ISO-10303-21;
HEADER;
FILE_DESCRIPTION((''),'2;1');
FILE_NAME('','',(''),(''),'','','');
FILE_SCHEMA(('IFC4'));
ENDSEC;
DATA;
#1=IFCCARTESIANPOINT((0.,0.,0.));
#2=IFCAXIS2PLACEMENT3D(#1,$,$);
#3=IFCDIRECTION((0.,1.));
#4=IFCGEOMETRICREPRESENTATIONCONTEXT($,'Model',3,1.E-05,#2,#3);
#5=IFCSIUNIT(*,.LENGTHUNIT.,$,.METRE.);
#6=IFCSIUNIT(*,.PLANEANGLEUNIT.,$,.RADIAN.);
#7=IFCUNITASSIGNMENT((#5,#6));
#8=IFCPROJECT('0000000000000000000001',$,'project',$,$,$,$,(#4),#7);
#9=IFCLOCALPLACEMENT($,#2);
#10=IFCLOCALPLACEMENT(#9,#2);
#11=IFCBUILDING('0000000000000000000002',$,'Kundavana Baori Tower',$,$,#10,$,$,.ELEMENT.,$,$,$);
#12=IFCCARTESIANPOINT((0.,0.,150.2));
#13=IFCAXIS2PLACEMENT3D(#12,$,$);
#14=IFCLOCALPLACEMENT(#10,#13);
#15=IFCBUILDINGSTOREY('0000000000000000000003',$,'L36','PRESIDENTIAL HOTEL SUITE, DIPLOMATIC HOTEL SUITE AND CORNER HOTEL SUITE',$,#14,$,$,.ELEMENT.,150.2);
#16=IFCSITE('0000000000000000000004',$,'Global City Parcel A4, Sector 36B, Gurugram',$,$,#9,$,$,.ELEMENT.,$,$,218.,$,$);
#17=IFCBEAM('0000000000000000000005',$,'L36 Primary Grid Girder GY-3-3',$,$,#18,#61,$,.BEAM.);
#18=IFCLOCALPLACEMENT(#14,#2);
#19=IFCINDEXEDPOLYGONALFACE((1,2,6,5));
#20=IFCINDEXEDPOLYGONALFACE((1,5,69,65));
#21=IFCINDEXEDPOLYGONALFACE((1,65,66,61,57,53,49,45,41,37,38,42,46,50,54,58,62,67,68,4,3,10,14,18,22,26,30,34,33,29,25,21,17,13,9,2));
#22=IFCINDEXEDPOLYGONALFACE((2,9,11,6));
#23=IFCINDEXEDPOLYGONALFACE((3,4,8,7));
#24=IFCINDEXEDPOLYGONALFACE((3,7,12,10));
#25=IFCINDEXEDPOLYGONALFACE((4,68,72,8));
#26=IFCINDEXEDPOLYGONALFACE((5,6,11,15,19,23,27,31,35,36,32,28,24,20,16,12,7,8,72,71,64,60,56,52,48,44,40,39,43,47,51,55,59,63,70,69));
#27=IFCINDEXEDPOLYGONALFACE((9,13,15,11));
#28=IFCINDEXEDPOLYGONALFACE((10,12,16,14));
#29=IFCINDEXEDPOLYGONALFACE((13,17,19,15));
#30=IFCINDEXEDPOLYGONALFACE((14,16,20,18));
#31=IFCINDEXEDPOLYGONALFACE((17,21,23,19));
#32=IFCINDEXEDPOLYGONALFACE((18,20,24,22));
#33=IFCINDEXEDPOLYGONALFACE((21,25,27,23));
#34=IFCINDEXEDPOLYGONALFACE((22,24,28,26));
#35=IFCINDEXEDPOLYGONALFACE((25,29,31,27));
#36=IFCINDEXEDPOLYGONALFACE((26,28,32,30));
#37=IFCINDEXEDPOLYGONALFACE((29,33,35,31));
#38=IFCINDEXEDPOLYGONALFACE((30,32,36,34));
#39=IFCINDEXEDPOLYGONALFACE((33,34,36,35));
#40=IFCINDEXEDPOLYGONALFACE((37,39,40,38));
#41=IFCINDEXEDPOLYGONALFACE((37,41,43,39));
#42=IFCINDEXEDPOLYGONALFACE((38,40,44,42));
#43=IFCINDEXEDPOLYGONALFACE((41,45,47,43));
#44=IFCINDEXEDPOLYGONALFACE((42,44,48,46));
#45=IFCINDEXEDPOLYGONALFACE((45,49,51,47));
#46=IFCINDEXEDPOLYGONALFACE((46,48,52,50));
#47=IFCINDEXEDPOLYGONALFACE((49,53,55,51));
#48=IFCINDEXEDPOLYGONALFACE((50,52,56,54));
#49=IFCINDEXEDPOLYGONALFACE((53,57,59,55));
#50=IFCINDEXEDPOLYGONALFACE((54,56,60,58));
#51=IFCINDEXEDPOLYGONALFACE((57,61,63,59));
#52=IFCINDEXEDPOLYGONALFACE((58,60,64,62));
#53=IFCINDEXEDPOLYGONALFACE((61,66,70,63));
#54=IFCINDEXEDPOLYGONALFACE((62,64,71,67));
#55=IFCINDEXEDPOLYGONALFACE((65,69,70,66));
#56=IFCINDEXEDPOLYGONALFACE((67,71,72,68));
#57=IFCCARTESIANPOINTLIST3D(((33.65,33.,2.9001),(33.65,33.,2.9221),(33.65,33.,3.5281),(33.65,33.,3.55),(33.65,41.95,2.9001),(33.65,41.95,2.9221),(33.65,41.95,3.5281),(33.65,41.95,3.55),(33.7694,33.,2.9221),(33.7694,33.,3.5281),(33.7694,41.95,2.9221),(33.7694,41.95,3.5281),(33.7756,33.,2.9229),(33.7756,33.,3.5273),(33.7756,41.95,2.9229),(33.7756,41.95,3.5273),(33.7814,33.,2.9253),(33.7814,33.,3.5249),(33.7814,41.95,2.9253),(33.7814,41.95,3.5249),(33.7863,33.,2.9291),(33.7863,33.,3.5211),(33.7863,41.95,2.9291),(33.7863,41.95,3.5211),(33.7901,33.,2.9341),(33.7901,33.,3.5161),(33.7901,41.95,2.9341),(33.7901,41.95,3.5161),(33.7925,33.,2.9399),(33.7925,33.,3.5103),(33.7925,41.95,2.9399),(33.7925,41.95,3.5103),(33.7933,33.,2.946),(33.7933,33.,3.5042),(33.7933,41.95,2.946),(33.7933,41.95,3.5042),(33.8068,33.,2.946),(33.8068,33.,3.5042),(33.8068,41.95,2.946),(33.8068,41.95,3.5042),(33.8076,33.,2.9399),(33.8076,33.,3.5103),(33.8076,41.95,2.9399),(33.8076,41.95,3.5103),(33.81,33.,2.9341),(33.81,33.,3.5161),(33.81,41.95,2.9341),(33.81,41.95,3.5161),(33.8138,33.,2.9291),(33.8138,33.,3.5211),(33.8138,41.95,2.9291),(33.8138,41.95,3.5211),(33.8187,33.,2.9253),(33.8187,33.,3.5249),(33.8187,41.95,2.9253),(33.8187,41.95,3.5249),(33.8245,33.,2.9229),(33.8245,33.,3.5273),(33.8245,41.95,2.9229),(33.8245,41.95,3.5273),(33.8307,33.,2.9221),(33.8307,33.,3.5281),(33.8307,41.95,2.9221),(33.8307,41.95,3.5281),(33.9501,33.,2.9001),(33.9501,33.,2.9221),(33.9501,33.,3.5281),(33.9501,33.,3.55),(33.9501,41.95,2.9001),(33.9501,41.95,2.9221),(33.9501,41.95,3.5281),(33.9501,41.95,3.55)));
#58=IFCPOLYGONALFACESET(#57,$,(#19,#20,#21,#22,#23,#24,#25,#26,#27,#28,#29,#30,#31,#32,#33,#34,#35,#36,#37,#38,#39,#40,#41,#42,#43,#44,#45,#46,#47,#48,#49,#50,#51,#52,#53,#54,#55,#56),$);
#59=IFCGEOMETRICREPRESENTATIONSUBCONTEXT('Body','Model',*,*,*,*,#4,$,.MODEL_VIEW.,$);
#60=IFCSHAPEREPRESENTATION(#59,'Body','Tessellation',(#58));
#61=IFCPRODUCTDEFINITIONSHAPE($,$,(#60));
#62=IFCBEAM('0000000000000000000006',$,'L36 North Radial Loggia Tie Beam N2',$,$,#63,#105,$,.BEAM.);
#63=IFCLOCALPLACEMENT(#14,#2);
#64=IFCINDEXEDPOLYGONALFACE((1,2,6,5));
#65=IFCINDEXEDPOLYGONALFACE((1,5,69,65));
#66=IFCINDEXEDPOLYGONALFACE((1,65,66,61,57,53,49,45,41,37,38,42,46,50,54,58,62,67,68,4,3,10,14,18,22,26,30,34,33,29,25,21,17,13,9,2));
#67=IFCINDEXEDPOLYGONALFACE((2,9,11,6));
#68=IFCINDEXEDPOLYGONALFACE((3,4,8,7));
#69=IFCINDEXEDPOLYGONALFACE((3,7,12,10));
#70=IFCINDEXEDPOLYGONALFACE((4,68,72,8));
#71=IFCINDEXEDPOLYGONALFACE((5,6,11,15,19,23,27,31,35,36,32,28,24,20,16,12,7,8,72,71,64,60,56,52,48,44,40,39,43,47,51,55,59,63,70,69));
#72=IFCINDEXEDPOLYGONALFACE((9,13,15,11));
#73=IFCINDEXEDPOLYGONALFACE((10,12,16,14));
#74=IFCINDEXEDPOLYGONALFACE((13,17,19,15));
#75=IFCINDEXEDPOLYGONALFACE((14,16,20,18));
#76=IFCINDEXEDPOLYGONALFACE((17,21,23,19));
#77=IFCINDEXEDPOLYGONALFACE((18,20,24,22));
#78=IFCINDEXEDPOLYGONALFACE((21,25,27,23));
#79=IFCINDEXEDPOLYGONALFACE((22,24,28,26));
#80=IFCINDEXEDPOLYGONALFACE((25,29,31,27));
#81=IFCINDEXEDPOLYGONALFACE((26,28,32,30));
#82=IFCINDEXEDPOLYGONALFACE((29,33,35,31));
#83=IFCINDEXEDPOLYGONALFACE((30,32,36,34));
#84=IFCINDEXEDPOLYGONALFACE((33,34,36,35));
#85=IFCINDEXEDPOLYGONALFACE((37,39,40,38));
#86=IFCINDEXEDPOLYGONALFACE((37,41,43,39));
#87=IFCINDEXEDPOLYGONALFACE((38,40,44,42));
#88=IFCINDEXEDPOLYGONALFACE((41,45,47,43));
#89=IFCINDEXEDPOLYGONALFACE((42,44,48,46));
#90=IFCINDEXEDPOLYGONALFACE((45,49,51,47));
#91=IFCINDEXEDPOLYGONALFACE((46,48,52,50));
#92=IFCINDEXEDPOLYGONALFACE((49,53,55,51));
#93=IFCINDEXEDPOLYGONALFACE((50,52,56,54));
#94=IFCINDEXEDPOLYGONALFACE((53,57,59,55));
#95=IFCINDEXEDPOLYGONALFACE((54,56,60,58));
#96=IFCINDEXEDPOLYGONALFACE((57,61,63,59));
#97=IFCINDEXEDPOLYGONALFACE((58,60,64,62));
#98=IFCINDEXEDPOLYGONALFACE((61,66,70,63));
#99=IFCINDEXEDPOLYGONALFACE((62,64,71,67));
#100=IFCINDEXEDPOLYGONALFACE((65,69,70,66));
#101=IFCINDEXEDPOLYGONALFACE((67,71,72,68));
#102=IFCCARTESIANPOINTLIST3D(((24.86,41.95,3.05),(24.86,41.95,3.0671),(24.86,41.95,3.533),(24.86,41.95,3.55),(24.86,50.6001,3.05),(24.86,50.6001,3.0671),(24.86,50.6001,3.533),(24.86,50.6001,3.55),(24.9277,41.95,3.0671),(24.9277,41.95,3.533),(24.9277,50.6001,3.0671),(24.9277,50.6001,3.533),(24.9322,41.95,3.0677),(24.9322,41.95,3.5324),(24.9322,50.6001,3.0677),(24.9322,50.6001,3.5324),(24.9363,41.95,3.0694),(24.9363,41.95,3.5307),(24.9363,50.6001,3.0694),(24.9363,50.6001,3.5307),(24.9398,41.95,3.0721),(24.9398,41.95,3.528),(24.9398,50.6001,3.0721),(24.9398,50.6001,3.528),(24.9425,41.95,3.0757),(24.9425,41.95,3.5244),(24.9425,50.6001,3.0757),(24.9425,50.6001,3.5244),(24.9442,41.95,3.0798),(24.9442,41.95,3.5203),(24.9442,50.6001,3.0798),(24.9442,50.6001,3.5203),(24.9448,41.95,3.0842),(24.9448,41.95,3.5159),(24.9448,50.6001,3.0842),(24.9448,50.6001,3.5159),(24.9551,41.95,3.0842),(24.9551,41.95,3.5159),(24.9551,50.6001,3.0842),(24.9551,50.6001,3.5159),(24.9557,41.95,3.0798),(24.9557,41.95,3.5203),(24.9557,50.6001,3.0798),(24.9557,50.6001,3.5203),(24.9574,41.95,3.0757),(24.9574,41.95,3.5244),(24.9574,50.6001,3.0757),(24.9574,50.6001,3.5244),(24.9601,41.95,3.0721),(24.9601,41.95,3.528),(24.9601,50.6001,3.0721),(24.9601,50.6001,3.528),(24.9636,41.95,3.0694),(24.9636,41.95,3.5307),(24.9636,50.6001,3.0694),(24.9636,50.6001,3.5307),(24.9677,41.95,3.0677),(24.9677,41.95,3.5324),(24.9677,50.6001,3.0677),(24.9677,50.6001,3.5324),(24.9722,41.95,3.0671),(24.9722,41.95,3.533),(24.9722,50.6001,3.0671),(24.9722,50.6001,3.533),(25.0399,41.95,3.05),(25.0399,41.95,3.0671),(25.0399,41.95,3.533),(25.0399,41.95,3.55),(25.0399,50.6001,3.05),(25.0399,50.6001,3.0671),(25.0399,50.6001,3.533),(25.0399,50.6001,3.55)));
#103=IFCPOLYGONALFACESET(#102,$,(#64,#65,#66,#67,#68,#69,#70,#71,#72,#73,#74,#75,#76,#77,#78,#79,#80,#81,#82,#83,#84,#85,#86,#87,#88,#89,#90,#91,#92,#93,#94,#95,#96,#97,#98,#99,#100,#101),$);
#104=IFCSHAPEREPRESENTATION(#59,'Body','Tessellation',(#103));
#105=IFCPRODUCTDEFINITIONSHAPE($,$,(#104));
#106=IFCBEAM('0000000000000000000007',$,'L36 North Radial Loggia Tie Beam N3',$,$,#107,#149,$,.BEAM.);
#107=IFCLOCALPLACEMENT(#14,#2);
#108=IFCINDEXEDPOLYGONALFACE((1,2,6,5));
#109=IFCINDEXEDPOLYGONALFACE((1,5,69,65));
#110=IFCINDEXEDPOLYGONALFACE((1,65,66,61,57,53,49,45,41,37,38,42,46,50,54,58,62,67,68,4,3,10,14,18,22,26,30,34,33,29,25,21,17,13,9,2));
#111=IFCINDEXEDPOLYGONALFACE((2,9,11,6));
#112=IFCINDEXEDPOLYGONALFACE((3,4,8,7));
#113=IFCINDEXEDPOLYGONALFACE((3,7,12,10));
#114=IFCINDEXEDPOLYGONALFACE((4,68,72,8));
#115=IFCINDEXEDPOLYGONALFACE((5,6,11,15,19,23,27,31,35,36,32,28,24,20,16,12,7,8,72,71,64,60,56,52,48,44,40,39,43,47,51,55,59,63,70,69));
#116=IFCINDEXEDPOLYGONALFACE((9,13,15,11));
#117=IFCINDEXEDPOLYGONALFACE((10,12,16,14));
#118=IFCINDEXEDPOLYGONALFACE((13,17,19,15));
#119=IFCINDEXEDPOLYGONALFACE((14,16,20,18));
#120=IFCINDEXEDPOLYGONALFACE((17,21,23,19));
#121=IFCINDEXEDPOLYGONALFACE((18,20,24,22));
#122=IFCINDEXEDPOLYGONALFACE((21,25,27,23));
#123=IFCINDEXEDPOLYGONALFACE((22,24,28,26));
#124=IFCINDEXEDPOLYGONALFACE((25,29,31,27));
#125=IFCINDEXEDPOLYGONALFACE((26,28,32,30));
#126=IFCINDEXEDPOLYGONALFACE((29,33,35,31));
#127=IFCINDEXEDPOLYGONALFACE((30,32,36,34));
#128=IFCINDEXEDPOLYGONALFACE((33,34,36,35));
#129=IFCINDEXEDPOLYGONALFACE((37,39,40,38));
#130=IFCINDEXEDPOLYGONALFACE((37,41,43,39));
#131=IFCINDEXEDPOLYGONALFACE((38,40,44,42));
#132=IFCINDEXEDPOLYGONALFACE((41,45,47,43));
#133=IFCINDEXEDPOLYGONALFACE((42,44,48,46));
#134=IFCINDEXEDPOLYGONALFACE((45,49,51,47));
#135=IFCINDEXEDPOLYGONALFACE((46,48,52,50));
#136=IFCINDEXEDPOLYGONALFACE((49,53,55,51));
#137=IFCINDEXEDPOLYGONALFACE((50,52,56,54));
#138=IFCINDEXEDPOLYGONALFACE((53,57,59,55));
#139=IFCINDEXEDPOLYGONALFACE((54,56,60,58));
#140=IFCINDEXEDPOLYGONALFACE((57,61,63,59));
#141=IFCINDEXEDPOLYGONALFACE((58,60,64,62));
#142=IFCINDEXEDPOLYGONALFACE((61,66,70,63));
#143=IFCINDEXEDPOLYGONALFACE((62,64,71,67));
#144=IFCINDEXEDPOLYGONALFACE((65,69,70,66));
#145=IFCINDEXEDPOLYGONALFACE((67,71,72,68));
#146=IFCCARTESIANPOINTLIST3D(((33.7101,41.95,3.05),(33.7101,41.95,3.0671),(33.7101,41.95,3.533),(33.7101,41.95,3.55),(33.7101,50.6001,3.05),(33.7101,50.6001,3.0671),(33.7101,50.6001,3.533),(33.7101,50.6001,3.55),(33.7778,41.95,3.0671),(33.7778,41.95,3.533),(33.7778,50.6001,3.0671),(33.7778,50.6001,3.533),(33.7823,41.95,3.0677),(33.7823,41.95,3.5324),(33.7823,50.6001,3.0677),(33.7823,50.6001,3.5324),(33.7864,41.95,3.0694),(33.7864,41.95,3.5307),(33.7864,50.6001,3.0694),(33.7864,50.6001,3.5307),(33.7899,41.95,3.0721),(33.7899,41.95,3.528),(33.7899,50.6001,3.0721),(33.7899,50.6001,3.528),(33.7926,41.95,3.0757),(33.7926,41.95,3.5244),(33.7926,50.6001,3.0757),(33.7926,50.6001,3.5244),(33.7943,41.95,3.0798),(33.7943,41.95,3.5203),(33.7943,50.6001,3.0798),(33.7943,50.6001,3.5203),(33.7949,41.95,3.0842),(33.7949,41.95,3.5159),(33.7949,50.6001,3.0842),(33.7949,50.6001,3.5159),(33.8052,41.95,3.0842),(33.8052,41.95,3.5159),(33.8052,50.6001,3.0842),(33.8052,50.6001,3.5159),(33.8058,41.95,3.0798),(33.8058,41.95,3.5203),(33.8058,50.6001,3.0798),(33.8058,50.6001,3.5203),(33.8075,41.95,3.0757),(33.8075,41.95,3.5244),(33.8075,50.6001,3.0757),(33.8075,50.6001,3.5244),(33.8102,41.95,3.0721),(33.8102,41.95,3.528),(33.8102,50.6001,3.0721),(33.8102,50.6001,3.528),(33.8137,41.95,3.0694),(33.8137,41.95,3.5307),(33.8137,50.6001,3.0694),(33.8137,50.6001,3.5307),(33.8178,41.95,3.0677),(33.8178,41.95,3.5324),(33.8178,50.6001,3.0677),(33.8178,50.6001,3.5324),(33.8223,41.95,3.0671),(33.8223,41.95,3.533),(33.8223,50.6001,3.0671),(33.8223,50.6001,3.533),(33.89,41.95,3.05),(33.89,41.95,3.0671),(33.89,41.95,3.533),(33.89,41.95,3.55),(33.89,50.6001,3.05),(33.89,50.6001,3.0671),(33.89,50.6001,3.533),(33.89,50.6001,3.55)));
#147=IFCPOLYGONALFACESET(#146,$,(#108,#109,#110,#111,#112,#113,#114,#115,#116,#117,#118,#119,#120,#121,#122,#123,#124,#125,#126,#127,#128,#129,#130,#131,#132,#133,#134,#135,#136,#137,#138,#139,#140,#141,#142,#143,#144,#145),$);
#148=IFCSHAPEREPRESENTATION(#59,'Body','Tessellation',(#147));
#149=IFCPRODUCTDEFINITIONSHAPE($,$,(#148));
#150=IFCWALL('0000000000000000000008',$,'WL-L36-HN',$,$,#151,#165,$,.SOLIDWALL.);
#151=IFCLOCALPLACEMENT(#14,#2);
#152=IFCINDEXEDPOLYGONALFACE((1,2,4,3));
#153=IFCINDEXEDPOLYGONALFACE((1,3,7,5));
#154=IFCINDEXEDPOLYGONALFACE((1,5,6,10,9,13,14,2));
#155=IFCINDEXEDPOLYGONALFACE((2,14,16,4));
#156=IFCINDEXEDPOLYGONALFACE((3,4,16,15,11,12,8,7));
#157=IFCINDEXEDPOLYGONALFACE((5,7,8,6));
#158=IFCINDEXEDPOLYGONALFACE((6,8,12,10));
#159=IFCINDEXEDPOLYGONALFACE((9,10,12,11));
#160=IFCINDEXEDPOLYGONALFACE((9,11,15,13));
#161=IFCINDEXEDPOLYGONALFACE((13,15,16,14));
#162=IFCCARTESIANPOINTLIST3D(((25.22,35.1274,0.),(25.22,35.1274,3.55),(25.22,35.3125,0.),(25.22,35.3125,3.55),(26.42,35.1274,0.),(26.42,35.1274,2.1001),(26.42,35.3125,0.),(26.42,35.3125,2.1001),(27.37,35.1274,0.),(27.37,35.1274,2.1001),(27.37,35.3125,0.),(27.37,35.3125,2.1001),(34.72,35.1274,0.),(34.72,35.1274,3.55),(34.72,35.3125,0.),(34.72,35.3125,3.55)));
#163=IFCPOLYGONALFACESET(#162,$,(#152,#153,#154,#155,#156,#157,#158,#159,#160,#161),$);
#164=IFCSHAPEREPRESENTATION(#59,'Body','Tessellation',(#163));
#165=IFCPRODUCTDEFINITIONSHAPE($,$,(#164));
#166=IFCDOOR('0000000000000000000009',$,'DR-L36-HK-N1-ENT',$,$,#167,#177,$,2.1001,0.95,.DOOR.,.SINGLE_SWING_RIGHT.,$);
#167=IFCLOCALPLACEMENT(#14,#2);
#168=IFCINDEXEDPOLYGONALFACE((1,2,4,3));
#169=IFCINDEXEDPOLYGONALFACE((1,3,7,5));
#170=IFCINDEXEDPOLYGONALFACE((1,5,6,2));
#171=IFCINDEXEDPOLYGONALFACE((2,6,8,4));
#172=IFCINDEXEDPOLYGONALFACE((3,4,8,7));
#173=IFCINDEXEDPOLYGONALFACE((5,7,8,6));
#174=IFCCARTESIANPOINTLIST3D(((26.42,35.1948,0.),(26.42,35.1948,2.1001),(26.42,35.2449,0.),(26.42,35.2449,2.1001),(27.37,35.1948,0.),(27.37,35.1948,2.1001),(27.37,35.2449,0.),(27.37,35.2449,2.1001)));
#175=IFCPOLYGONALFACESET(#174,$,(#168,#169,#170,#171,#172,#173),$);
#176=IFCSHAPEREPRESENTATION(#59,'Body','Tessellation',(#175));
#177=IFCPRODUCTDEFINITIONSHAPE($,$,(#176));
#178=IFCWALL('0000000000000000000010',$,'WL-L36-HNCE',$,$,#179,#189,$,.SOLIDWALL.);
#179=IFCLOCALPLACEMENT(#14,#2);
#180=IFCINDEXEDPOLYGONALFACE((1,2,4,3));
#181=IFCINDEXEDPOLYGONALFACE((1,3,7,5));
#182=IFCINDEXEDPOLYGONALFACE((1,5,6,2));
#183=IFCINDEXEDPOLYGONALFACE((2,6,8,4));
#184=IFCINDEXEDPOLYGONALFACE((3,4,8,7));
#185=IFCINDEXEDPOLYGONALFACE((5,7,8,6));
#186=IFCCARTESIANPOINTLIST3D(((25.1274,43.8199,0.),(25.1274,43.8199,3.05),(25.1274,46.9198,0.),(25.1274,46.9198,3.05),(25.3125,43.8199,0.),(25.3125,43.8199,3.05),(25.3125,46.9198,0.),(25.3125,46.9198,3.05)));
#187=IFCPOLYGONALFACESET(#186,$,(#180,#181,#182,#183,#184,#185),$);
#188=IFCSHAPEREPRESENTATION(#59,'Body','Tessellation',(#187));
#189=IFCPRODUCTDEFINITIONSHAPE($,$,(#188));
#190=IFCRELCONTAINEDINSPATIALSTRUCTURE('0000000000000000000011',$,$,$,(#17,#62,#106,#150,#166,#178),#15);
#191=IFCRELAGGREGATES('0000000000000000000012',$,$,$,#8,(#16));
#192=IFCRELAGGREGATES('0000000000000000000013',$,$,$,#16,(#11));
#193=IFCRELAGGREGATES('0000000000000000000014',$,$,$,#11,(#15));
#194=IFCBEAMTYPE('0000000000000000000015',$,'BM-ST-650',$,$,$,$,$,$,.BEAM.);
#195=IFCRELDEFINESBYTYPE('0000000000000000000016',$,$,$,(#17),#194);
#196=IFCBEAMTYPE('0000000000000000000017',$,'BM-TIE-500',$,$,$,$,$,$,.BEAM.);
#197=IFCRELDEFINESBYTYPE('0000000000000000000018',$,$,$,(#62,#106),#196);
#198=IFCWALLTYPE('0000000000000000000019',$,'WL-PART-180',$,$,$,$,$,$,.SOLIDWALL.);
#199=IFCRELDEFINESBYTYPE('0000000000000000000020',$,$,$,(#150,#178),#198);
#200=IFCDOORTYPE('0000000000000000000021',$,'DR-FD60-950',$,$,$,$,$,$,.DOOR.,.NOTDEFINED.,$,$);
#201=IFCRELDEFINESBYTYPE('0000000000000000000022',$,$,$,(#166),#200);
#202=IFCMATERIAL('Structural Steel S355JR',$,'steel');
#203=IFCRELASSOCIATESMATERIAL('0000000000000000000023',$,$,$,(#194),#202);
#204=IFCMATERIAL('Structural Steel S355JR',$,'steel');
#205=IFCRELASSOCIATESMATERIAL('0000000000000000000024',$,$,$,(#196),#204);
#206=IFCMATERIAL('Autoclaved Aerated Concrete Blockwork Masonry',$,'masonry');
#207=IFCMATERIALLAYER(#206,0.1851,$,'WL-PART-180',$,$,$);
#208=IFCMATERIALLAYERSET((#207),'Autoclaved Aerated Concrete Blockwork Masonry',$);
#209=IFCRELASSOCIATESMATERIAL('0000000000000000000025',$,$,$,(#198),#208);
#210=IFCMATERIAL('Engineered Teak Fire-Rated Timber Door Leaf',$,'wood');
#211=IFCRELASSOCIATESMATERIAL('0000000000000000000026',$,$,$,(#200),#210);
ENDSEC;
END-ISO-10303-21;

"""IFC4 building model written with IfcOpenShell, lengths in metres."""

from ifc_helpers import new_model, si_unit, direction, frame, frame_2d, origin, origin_2d, place, context, subcontext, project, spatial, rectangle, i_section, extrude, material, layer, layer_set, material_profile, profile_set, type_object, element, fill, save


model = new_model("IFC4")

# Units and contexts
model_context = context("Model", 3, precision=1e-05, world=origin(), true_north=direction((0.0, 1.0)))
body_context = subcontext(model_context, "Body", "Model", "MODEL_VIEW")
ifc_project = project(units=[si_unit("LENGTHUNIT", "METRE"), si_unit("PLANEANGLEUNIT", "RADIAN")], contexts=[model_context])

# Site, building, storey
site_placement = place(None, origin())
site = spatial("IfcSite", under=ifc_project, at=site_placement, Name="Global City Parcel A4, Sector 36B, Gurugram", CompositionType="ELEMENT", RefElevation=218.0)
building_placement = place(site_placement, origin())
building = spatial("IfcBuilding", under=site, at=building_placement, Name="Kundavana Baori Tower", CompositionType="ELEMENT")
storey_placement = place(building_placement, frame((0.0, 0.0, 150.2)))
storey = spatial("IfcBuildingStorey", under=building, at=storey_placement, Name="L36", Description="PRESIDENTIAL HOTEL SUITE, DIPLOMATIC HOTEL SUITE AND CORNER HOTEL SUITE", CompositionType="ELEMENT", Elevation=150.2)

# Beams
ifc_material_1 = material(Name="Structural Steel S355JR", Category="steel")
ifc_material_profile_1 = material_profile(ifc_material_1, i_section(OverallWidth=0.3, OverallDepth=0.6499, WebThickness=0.0134, FlangeThickness=0.022, FilletRadius=0.0239, at=origin_2d()), Name="NPB 650x300x155")
ifc_profile_set_1 = profile_set([ifc_material_profile_1], Name="Structural Steel S355JR")
beam_type_1 = type_object("IfcBeamType", Name="BM-ST-650", PredefinedType="BEAM", material=ifc_profile_set_1)
beam_1_placement = place(storey_placement, frame((33.8, 33.0, 3.2251), z_axis=(0.0, 1.0, 0.0), x_axis=(-1.0, 0.0, 0.0)))
element("IfcBeam", 1, at=beam_1_placement, inside=storey, type_object=beam_type_1, Name="L36 Primary Grid Girder GY-3-3", PredefinedType="BEAM", context=body_context, shape_type="SweptSolid", body=[
    extrude(i_section(OverallWidth=0.3, OverallDepth=0.6499, WebThickness=0.0134, FlangeThickness=0.022, FilletRadius=0.0239, at=origin_2d()), origin(), (0.0, 0.0, 1.0), 8.95),
])
ifc_material_2 = material(Name="Structural Steel S355JR", Category="steel")
ifc_material_profile_2 = material_profile(ifc_material_2, i_section(OverallWidth=0.1799, OverallDepth=0.5, WebThickness=0.0103, FlangeThickness=0.0171, FilletRadius=0.0171, at=origin_2d()), Name="ISMB 500")
ifc_profile_set_2 = profile_set([ifc_material_profile_2], Name="Structural Steel S355JR")
beam_type_2 = type_object("IfcBeamType", Name="BM-TIE-500", PredefinedType="BEAM", material=ifc_profile_set_2)
for number, where, z_axis, x_axis, name in (
    (2, (24.95, 41.95, 3.3), (0.0, 1.0, 0.0), (-1.0, 0.0, 0.0), "L36 North Radial Loggia Tie Beam N2"),
    (3, (33.8, 41.95, 3.3), (0.0, 1.0, 0.0), (-1.0, 0.0, 0.0), "L36 North Radial Loggia Tie Beam N3"),
):
    element("IfcBeam", number, at=place(storey_placement, frame(where, z_axis=z_axis, x_axis=x_axis)), inside=storey, type_object=beam_type_2, Name=name, PredefinedType="BEAM", context=body_context, shape_type="SweptSolid", body=[
        extrude(i_section(OverallWidth=0.1799, OverallDepth=0.5, WebThickness=0.0103, FlangeThickness=0.0171, FilletRadius=0.0171, at=origin_2d()), origin(), (0.0, 0.0, 1.0), 8.6501),
    ])

# Wall, opening, door
ifc_material_3 = material(Name="Autoclaved Aerated Concrete Blockwork Masonry", Category="masonry")
ifc_layer_1 = layer(ifc_material_3, 0.1851, Name="WL-PART-180")
ifc_layer_set_1 = layer_set([ifc_layer_1], Name="Autoclaved Aerated Concrete Blockwork Masonry")
wall_type_1 = type_object("IfcWallType", Name="WL-PART-180", PredefinedType="SOLIDWALL", material=ifc_layer_set_1)
wall_1_placement = place(storey_placement, frame((25.22, 35.22, 0.0), z_axis=(0.0, 0.0, 1.0), x_axis=(1.0, 0.0, 0.0)))
wall_1 = element("IfcWall", 4, at=wall_1_placement, inside=storey, type_object=wall_type_1, Name="WL-L36-HN", PredefinedType="SOLIDWALL", context=body_context, shape_type="SweptSolid", body=[
    extrude(rectangle(XDim=9.5, YDim=0.1851, at=frame_2d((4.75, 0.0))), origin(), (0.0, 0.0, 1.0), 3.55),
])
opening_1_placement = place(wall_1_placement, frame((1.2, 0.0, 0.0)))
opening_1 = element("IfcOpeningElement", 5, at=opening_1_placement, cuts=wall_1, PredefinedType="OPENING", context=body_context, shape_type="SweptSolid", body=[
    extrude(rectangle(XDim=0.95, YDim=2.1001, at=frame_2d((0.4751, 1.05))), frame((0.0, 0.1025, 0.0), z_axis=(0.0, -1.0, 0.0), x_axis=(1.0, 0.0, 0.0)), (0.0, 0.0, 1.0), 0.2051),
])
ifc_material_4 = material(Name="Engineered Teak Fire-Rated Timber Door Leaf", Category="wood")
door_type_1 = type_object("IfcDoorType", Name="DR-FD60-950", OperationType="NOTDEFINED", PredefinedType="DOOR", material=ifc_material_4)
door_1_placement = place(opening_1_placement, origin())
door_1 = element("IfcDoor", 6, at=door_1_placement, inside=storey, type_object=door_type_1, Name="DR-L36-HK-N1-ENT", OperationType="SINGLE_SWING_RIGHT", OverallHeight=2.1001, OverallWidth=0.95, PredefinedType="DOOR", context=body_context, shape_type="SweptSolid", body=[
    extrude(rectangle(XDim=0.95, YDim=2.1001, at=frame_2d((0.4751, 1.05))), frame((0.0, 0.0249, 0.0), z_axis=(0.0, -1.0, 0.0), x_axis=(1.0, 0.0, 0.0)), (0.0, 0.0, 1.0), 0.05),
])
fill(opening_1, door_1)

# Wall
wall_2_placement = place(storey_placement, frame((25.22, 43.8201, 0.0), z_axis=(0.0, 0.0, 1.0), x_axis=(0.0, 1.0, 0.0)))
element("IfcWall", 7, at=wall_2_placement, inside=storey, type_object=wall_type_1, Name="WL-L36-HNCE", PredefinedType="SOLIDWALL", context=body_context, shape_type="SweptSolid", body=[
    extrude(rectangle(XDim=3.0999, YDim=0.1851, at=frame_2d((1.5498, 0.0))), origin(), (0.0, 0.0, 1.0), 3.05),
])

save(model, "model.ifc")
